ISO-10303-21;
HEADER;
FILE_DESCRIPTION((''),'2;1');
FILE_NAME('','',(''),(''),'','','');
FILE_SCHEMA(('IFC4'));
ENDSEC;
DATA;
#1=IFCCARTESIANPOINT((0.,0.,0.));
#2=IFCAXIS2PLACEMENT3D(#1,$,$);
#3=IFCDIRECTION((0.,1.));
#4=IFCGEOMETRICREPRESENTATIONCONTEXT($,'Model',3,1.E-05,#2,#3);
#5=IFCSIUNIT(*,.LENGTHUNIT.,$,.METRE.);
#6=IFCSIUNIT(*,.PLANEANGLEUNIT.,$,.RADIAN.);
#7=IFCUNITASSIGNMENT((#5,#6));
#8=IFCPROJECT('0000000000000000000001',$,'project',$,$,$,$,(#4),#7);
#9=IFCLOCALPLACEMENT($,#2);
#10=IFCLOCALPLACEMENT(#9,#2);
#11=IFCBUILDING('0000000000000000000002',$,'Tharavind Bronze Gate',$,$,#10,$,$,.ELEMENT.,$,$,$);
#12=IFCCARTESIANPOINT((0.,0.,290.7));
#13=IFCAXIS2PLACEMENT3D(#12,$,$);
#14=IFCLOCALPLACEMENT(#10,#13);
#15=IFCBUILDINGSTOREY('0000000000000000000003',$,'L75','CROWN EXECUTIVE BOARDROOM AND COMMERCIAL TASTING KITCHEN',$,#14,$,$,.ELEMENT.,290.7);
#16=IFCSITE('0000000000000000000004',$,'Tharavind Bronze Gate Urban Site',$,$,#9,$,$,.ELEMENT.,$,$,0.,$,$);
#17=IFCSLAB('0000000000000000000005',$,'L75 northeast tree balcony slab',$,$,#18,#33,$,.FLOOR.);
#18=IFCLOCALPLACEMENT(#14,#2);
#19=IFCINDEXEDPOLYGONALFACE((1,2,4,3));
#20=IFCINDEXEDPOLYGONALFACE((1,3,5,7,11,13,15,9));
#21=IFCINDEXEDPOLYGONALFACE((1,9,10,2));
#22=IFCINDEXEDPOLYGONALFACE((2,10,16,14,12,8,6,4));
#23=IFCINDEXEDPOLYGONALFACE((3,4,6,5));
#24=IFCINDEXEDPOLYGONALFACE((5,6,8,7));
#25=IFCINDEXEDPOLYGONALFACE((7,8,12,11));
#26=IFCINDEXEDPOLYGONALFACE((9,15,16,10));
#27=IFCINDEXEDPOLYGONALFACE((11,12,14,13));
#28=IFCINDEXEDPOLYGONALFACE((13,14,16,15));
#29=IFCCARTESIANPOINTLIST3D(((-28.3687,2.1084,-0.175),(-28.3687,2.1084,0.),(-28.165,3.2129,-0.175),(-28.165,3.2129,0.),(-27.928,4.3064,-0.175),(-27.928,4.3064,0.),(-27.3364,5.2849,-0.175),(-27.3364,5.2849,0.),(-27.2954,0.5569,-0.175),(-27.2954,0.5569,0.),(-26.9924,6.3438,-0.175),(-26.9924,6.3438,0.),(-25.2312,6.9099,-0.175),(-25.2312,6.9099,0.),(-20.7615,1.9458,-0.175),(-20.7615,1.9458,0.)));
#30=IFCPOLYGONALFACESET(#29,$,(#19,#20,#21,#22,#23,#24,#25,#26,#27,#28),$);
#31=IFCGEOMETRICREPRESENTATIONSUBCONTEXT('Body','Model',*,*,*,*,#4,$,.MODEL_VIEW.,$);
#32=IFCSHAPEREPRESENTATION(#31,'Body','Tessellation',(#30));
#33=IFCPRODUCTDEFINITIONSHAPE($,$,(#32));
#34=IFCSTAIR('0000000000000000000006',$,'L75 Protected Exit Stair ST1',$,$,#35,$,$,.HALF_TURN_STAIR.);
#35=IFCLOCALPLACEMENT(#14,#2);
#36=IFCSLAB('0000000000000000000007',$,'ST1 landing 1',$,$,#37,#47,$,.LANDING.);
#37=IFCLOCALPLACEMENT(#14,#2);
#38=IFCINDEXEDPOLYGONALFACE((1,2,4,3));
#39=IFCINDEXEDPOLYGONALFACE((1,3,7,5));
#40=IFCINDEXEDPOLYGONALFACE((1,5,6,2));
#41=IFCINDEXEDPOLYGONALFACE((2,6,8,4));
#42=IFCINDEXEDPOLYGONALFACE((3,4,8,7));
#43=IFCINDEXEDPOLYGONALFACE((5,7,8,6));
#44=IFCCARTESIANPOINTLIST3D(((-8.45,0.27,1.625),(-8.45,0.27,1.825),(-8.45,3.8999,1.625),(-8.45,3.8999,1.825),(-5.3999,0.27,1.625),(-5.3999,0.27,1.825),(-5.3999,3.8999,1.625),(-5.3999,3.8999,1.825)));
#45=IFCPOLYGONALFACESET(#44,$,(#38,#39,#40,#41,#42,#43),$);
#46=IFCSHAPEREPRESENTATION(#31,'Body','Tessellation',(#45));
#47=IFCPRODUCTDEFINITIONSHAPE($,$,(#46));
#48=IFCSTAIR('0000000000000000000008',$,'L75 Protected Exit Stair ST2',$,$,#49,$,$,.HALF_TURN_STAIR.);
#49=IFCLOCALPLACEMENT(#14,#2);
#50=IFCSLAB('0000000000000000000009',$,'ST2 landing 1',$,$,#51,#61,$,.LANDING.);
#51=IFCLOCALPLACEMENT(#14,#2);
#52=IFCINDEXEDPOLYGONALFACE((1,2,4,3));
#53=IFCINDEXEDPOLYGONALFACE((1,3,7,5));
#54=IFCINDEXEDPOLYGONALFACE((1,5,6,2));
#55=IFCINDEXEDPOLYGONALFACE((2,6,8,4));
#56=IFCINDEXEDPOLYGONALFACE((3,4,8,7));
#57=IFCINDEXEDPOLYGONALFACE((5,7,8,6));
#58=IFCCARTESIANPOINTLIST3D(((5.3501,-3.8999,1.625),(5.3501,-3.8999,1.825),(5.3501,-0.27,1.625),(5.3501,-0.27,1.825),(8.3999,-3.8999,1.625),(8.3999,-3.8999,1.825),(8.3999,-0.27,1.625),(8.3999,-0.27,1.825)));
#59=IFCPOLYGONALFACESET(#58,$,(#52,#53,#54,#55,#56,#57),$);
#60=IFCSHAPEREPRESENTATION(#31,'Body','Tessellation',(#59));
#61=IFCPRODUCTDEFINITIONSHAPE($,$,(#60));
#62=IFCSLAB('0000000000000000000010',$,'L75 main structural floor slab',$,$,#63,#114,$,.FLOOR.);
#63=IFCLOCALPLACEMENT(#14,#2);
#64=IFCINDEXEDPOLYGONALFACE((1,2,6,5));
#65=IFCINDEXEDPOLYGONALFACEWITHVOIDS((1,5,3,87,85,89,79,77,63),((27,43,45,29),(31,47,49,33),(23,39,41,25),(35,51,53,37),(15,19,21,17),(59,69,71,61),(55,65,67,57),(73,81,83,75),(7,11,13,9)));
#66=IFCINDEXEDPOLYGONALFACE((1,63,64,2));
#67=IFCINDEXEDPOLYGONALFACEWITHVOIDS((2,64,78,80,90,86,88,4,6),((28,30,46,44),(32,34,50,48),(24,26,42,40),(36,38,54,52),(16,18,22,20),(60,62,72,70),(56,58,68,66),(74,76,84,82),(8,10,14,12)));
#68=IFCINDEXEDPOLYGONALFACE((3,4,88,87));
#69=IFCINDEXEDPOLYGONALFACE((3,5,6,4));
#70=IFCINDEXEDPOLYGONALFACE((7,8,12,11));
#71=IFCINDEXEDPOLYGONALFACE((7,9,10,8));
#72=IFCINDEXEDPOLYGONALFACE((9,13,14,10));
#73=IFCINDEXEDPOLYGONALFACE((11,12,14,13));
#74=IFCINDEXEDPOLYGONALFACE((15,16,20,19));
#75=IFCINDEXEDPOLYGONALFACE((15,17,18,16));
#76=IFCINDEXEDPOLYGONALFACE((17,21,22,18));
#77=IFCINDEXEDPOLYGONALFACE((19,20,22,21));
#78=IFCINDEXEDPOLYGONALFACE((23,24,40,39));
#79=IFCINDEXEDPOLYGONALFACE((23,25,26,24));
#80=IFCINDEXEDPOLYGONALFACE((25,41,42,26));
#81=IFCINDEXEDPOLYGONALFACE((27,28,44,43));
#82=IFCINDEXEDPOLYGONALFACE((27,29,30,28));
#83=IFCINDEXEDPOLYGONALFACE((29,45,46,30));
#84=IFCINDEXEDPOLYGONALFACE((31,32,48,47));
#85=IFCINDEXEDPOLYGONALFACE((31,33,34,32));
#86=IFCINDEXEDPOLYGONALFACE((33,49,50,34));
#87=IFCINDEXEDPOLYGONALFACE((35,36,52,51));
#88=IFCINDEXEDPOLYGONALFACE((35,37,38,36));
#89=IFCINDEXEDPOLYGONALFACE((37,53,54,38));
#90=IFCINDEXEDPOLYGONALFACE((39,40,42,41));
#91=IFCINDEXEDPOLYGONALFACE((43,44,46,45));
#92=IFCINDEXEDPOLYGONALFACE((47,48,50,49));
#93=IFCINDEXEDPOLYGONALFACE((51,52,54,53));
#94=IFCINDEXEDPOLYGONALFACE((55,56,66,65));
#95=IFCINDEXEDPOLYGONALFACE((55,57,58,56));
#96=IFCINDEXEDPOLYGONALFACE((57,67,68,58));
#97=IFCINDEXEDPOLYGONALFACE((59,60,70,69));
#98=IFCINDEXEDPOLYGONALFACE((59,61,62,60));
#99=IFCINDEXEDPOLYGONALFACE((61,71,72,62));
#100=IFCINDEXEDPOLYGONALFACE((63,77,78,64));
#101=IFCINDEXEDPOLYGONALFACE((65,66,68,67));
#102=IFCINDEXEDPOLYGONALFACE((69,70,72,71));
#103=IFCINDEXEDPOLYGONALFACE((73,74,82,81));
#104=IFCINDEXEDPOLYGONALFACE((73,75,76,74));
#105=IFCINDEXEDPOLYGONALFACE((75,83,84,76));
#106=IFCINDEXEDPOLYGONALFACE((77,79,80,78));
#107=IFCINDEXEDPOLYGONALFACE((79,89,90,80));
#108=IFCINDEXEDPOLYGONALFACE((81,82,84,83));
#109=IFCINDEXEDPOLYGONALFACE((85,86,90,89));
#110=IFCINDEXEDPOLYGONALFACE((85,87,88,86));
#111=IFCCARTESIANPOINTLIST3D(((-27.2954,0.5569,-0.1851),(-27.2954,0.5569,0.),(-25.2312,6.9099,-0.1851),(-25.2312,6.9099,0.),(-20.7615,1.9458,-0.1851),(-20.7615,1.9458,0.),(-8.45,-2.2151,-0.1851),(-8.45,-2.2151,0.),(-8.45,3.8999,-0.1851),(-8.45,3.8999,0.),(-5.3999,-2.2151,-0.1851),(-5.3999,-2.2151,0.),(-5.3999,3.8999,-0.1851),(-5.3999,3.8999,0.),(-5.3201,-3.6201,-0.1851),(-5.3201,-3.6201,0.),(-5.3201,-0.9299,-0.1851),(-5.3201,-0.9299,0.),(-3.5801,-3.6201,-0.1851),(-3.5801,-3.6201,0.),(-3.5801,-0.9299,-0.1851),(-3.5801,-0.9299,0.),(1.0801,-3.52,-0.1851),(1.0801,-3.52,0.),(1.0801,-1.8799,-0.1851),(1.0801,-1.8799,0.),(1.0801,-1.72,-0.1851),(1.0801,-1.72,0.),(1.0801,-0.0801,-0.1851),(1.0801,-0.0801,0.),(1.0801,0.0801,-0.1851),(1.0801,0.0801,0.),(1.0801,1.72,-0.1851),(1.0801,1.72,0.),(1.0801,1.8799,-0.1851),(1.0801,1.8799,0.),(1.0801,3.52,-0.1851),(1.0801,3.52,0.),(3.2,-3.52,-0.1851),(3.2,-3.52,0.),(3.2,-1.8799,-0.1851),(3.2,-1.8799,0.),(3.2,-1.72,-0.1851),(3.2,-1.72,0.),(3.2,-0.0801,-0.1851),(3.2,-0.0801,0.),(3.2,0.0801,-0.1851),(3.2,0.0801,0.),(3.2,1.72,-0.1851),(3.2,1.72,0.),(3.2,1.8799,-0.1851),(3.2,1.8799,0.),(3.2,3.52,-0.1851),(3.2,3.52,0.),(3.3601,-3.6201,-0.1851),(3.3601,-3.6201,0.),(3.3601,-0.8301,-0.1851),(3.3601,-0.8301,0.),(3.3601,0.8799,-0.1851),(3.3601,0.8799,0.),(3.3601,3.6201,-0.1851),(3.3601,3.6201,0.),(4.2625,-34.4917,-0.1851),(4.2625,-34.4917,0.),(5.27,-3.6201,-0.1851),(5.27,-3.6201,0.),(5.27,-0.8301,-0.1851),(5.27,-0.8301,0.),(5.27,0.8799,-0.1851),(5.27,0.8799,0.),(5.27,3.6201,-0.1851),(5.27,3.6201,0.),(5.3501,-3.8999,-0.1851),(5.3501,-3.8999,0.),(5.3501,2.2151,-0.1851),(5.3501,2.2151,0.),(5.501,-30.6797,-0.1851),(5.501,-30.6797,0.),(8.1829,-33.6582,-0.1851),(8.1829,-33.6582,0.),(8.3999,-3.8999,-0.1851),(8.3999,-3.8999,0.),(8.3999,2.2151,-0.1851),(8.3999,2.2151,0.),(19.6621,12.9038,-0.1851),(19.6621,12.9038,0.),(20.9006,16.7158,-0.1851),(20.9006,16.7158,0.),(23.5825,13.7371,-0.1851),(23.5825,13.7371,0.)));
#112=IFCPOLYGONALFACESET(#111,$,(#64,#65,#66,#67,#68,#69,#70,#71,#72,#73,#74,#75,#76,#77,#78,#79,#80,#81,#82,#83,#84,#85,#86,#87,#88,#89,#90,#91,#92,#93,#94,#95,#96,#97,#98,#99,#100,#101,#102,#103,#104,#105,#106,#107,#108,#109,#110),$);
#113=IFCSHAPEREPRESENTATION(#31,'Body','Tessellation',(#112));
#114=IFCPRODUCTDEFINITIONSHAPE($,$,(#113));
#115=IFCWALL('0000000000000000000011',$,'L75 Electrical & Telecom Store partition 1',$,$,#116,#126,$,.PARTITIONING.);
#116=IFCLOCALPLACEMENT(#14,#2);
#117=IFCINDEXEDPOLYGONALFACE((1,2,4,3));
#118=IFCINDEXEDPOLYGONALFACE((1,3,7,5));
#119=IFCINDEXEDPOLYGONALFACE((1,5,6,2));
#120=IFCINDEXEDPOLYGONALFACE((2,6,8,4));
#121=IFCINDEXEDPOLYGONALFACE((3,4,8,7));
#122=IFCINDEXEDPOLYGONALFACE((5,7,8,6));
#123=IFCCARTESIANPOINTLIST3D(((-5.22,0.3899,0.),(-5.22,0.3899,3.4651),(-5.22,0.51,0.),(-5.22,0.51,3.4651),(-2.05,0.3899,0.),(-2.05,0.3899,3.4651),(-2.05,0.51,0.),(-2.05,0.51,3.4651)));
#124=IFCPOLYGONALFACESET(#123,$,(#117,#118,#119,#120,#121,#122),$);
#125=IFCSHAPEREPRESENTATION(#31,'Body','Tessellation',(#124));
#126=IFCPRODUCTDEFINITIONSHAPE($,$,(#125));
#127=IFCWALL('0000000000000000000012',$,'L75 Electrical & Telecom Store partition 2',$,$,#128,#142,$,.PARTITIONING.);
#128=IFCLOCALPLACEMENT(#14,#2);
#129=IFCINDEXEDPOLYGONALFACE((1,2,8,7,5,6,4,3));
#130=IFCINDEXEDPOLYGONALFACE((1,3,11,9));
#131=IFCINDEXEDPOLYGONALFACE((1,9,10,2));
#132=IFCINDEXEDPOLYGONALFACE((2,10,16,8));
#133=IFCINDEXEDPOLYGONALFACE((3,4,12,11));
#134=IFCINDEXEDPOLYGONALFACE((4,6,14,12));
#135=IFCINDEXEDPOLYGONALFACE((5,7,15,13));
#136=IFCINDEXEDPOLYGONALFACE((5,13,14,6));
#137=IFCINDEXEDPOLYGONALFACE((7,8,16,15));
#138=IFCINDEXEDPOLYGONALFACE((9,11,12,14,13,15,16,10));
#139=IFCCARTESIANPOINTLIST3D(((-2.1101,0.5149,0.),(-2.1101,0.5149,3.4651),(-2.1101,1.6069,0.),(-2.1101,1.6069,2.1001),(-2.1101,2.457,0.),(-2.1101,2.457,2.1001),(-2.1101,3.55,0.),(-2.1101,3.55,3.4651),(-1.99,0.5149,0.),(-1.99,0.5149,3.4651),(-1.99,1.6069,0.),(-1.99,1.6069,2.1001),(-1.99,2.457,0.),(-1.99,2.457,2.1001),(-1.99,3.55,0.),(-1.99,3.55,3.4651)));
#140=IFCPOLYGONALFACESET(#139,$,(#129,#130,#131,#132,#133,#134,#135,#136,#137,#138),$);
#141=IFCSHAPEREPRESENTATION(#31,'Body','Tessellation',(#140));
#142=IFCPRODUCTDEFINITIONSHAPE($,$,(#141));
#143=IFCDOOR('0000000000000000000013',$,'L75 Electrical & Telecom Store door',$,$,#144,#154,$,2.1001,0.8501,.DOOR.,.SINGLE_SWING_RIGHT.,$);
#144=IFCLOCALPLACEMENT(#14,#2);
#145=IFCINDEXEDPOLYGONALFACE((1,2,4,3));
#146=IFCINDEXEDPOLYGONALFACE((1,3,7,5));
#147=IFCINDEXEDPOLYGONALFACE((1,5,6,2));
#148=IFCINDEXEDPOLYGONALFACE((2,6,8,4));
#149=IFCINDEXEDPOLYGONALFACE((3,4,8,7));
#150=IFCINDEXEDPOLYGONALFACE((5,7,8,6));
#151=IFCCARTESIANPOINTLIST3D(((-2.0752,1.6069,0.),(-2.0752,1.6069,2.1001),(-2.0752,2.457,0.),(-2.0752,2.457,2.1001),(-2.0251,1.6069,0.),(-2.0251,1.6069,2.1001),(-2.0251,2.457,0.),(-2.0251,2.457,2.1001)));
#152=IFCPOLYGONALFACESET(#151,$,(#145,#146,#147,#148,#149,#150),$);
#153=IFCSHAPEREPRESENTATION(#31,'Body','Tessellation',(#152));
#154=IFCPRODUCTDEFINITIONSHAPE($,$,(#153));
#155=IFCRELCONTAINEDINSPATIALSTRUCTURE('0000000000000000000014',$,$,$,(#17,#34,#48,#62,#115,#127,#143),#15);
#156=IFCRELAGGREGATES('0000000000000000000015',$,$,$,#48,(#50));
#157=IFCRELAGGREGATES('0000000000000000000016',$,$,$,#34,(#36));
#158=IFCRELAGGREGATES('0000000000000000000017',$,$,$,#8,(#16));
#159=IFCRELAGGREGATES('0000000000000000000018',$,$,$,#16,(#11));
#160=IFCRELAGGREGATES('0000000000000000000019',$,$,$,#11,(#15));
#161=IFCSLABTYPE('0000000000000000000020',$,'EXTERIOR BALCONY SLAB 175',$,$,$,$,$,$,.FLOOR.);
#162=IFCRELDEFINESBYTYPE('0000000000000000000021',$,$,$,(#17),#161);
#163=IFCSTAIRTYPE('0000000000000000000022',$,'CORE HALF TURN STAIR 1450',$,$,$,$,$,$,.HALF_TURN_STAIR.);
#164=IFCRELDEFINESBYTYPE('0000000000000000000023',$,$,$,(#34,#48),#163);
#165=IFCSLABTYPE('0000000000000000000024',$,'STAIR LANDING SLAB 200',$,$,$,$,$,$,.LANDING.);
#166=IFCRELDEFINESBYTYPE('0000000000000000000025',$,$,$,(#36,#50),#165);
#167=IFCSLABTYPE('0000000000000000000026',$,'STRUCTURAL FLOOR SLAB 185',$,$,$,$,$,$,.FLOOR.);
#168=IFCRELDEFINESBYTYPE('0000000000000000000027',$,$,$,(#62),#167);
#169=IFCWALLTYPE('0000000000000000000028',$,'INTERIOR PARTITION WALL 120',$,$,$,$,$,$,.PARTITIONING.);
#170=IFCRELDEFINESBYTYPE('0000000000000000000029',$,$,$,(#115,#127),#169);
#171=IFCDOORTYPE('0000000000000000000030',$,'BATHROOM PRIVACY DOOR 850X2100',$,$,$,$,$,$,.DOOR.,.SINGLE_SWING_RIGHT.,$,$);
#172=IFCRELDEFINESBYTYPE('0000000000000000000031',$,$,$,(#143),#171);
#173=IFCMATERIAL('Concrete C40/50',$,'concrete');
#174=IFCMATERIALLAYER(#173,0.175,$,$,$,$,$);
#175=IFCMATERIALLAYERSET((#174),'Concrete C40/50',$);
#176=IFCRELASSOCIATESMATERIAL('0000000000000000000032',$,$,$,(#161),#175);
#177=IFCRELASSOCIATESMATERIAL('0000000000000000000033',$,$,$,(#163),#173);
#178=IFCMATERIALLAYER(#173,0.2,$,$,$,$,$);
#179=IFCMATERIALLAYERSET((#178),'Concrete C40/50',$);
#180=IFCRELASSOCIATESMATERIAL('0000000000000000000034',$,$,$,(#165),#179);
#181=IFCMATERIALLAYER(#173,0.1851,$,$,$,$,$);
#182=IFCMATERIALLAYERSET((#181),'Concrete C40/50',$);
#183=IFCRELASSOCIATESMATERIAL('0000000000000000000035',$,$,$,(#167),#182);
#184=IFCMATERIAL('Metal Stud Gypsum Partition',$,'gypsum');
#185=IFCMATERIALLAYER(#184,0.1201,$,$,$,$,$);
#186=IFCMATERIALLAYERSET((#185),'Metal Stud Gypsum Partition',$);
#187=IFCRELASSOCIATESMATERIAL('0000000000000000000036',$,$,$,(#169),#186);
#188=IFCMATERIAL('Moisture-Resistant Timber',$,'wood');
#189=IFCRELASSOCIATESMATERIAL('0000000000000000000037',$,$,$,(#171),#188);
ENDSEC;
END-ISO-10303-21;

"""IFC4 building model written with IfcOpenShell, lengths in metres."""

from ifc_helpers import new_model, si_unit, direction, frame, frame_2d, origin, place, context, subcontext, project, spatial, polyline, rectangle, outline, extrude, material, layer, layer_set, type_object, element, fill, aggregate, save


model = new_model("IFC4")

# Units and contexts
model_context = context("Model", 3, precision=1e-05, world=origin(), true_north=direction((0.0, 1.0)))
body_context = subcontext(model_context, "Body", "Model", "MODEL_VIEW")
ifc_project = project(units=[si_unit("LENGTHUNIT", "METRE"), si_unit("PLANEANGLEUNIT", "RADIAN")], contexts=[model_context])

# Site, building, storey
site_placement = place(None, origin())
site = spatial("IfcSite", under=ifc_project, at=site_placement, Name="Tharavind Bronze Gate Urban Site", CompositionType="ELEMENT", RefElevation=0.0)
building_placement = place(site_placement, origin())
building = spatial("IfcBuilding", under=site, at=building_placement, Name="Tharavind Bronze Gate", CompositionType="ELEMENT")
storey_placement = place(building_placement, frame((0.0, 0.0, 290.7)))
storey = spatial("IfcBuildingStorey", under=building, at=storey_placement, Name="L75", Description="CROWN EXECUTIVE BOARDROOM AND COMMERCIAL TASTING KITCHEN", CompositionType="ELEMENT", Elevation=290.7)

# Slab
ifc_material_1 = material(Name="Concrete C40/50", Category="concrete")
ifc_layer_1 = layer(ifc_material_1, 0.175)
ifc_layer_set_1 = layer_set([ifc_layer_1], Name="Concrete C40/50")
slab_type_1 = type_object("IfcSlabType", Name="EXTERIOR BALCONY SLAB 175", PredefinedType="FLOOR", material=ifc_layer_set_1)
slab_1_placement = place(storey_placement, frame((0.0, 0.0, -0.175)))
element("IfcSlab", 1, at=slab_1_placement, inside=storey, type_object=slab_type_1, Name="L75 northeast tree balcony slab", PredefinedType="FLOOR", context=body_context, shape_type="SweptSolid", body=[
    extrude(outline(polyline([(-26.9924, 6.3438), (-27.3364, 5.2849), (-27.928, 4.3064), (-28.165, 3.2129), (-28.3687, 2.1084), (-27.2954, 0.5569), (-20.7615, 1.9458), (-25.2312, 6.9099), (-26.9924, 6.3438)])), origin(), (0.0, 0.0, 1.0), 0.175),
])

# Stairs, slabs
stair_type = type_object("IfcStairType", Name="CORE HALF TURN STAIR 1450", PredefinedType="HALF_TURN_STAIR", material=ifc_material_1)
stair_1_placement = place(storey_placement, origin())
stair_1 = element("IfcStair", 2, at=stair_1_placement, inside=storey, type_object=stair_type, Name="L75 Protected Exit Stair ST1", PredefinedType="HALF_TURN_STAIR")
ifc_layer_2 = layer(ifc_material_1, 0.2)
ifc_layer_set_2 = layer_set([ifc_layer_2], Name="Concrete C40/50")
slab_type_2 = type_object("IfcSlabType", Name="STAIR LANDING SLAB 200", PredefinedType="LANDING", material=ifc_layer_set_2)
slab_2_placement = place(storey_placement, frame((0.0, 0.0, 1.625)))
slab_2 = element("IfcSlab", 3, at=slab_2_placement, type_object=slab_type_2, Name="ST1 landing 1", PredefinedType="LANDING", context=body_context, shape_type="SweptSolid", body=[
    extrude(outline(polyline([(-5.3999, 0.27), (-5.3999, 3.8999), (-8.45, 3.8999), (-8.45, 0.27), (-5.3999, 0.27)])), origin(), (0.0, 0.0, 1.0), 0.2),
])
stair_2_placement = place(storey_placement, origin())
stair_2 = element("IfcStair", 4, at=stair_2_placement, inside=storey, type_object=stair_type, Name="L75 Protected Exit Stair ST2", PredefinedType="HALF_TURN_STAIR")
slab_3_placement = place(storey_placement, frame((0.0, 0.0, 1.625)))
slab_3 = element("IfcSlab", 5, at=slab_3_placement, type_object=slab_type_2, Name="ST2 landing 1", PredefinedType="LANDING", context=body_context, shape_type="SweptSolid", body=[
    extrude(outline(polyline([(5.3501, -0.27), (5.3501, -3.8999), (8.3999, -3.8999), (8.3999, -0.27), (5.3501, -0.27)])), origin(), (0.0, 0.0, 1.0), 0.2),
])
aggregate(stair_2, [slab_3])

# Slab
ifc_layer_3 = layer(ifc_material_1, 0.1851)
ifc_layer_set_3 = layer_set([ifc_layer_3], Name="Concrete C40/50")
slab_type_3 = type_object("IfcSlabType", Name="STRUCTURAL FLOOR SLAB 185", PredefinedType="FLOOR", material=ifc_layer_set_3)
slab_4_placement = place(storey_placement, frame((0.0, 0.0, -0.1851)))
element("IfcSlab", 6, at=slab_4_placement, inside=storey, type_object=slab_type_3, Name="L75 main structural floor slab", PredefinedType="FLOOR", context=body_context, shape_type="SweptSolid", body=[
    extrude(outline(polyline([(-25.2312, 6.9099), (-20.7615, 1.9458), (-27.2954, 0.5569), (4.2625, -34.4917), (5.501, -30.6797), (8.1829, -33.6582), (23.5825, 13.7371), (19.6621, 12.9038), (20.9006, 16.7158), (-25.2312, 6.9099)]), holes=[polyline([(-5.3999, -2.2151), (-5.3999, 3.8999), (-8.45, 3.8999), (-8.45, -2.2151), (-5.3999, -2.2151)]), polyline([(5.3501, 2.2151), (5.3501, -3.8999), (8.3999, -3.8999), (8.3999, 2.2151), (5.3501, 2.2151)]), polyline([(1.0801, -3.52), (3.2, -3.52), (3.2, -1.8799), (1.0801, -1.8799), (1.0801, -3.52)]), polyline([(1.0801, -1.72), (3.2, -1.72), (3.2, -0.0801), (1.0801, -0.0801), (1.0801, -1.72)]), polyline([(1.0801, 0.0801), (3.2, 0.0801), (3.2, 1.72), (1.0801, 1.72), (1.0801, 0.0801)]), polyline([(1.0801, 1.8799), (3.2, 1.8799), (3.2, 3.52), (1.0801, 3.52), (1.0801, 1.8799)]), polyline([(-5.3201, -3.6201), (-3.5801, -3.6201), (-3.5801, -0.9299), (-5.3201, -0.9299), (-5.3201, -3.6201)]), polyline([(3.3601, 0.8799), (5.27, 0.8799), (5.27, 3.6201), (3.3601, 3.6201), (3.3601, 0.8799)]), polyline([(3.3601, -3.6201), (5.27, -3.6201), (5.27, -0.8301), (3.3601, -0.8301), (3.3601, -3.6201)])]), origin(), (0.0, 0.0, 1.0), 0.1851),
])

# Wall
ifc_material_2 = material(Name="Metal Stud Gypsum Partition", Category="gypsum")
ifc_layer_4 = layer(ifc_material_2, 0.1201)
ifc_layer_set_4 = layer_set([ifc_layer_4], Name="Metal Stud Gypsum Partition")
wall_type_1 = type_object("IfcWallType", Name="INTERIOR PARTITION WALL 120", PredefinedType="PARTITIONING", material=ifc_layer_set_4)
wall_1_placement = place(storey_placement, frame((-5.22, 0.45, 0.0), z_axis=(0.0, 0.0, 1.0), x_axis=(1.0, 0.0, 0.0)))
element("IfcWall", 7, at=wall_1_placement, inside=storey, type_object=wall_type_1, Name="L75 Electrical & Telecom Store partition 1", PredefinedType="PARTITIONING", context=body_context, shape_type="SweptSolid", body=[
    extrude(rectangle(XDim=3.1699, YDim=0.1201, at=frame_2d((1.585, 0.0))), origin(), (0.0, 0.0, 1.0), 3.4651),
])

# Wall, opening, door
wall_2_placement = place(storey_placement, frame((-2.05, 0.5149, 0.0), z_axis=(0.0, 0.0, 1.0), x_axis=(0.0, 1.0, 0.0)))
wall_2 = element("IfcWall", 8, at=wall_2_placement, inside=storey, type_object=wall_type_1, Name="L75 Electrical & Telecom Store partition 2", PredefinedType="PARTITIONING", context=body_context, shape_type="SweptSolid", body=[
    extrude(rectangle(XDim=3.0352, YDim=0.1201, at=frame_2d((1.5176, 0.0))), origin(), (0.0, 0.0, 1.0), 3.4651),
])
opening_1_placement = place(wall_2_placement, frame((1.092, 0.0, 0.0)))
opening_1 = element("IfcOpeningElement", 9, at=opening_1_placement, cuts=wall_2, PredefinedType="OPENING", context=body_context, shape_type="SweptSolid", body=[
    extrude(rectangle(XDim=0.8501, YDim=2.1001, at=frame_2d((0.425, 1.05))), frame((0.0, 0.0701, 0.0), z_axis=(0.0, -1.0, 0.0), x_axis=(1.0, 0.0, 0.0)), (0.0, 0.0, 1.0), 0.1401),
])
ifc_material_3 = material(Name="Moisture-Resistant Timber", Category="wood")
door_type_1 = type_object("IfcDoorType", Name="BATHROOM PRIVACY DOOR 850X2100", OperationType="SINGLE_SWING_RIGHT", PredefinedType="DOOR", material=ifc_material_3)
door_1_placement = place(opening_1_placement, frame((0.8501, 0.0, 0.0), z_axis=(0.0, 0.0, 1.0), x_axis=(-1.0, 0.0, 0.0)))
door_1 = element("IfcDoor", 10, at=door_1_placement, inside=storey, type_object=door_type_1, Name="L75 Electrical & Telecom Store door", OperationType="SINGLE_SWING_RIGHT", OverallHeight=2.1001, OverallWidth=0.8501, PredefinedType="DOOR", context=body_context, shape_type="SweptSolid", body=[
    extrude(rectangle(XDim=0.8501, YDim=2.1001, at=frame_2d((0.425, 1.05))), frame((0.0, 0.0249, 0.0), z_axis=(0.0, -1.0, 0.0), x_axis=(1.0, 0.0, 0.0)), (0.0, 0.0, 1.0), 0.05),
])
fill(opening_1, door_1)

aggregate(stair_1, [slab_2])

save(model, "model.ifc")
